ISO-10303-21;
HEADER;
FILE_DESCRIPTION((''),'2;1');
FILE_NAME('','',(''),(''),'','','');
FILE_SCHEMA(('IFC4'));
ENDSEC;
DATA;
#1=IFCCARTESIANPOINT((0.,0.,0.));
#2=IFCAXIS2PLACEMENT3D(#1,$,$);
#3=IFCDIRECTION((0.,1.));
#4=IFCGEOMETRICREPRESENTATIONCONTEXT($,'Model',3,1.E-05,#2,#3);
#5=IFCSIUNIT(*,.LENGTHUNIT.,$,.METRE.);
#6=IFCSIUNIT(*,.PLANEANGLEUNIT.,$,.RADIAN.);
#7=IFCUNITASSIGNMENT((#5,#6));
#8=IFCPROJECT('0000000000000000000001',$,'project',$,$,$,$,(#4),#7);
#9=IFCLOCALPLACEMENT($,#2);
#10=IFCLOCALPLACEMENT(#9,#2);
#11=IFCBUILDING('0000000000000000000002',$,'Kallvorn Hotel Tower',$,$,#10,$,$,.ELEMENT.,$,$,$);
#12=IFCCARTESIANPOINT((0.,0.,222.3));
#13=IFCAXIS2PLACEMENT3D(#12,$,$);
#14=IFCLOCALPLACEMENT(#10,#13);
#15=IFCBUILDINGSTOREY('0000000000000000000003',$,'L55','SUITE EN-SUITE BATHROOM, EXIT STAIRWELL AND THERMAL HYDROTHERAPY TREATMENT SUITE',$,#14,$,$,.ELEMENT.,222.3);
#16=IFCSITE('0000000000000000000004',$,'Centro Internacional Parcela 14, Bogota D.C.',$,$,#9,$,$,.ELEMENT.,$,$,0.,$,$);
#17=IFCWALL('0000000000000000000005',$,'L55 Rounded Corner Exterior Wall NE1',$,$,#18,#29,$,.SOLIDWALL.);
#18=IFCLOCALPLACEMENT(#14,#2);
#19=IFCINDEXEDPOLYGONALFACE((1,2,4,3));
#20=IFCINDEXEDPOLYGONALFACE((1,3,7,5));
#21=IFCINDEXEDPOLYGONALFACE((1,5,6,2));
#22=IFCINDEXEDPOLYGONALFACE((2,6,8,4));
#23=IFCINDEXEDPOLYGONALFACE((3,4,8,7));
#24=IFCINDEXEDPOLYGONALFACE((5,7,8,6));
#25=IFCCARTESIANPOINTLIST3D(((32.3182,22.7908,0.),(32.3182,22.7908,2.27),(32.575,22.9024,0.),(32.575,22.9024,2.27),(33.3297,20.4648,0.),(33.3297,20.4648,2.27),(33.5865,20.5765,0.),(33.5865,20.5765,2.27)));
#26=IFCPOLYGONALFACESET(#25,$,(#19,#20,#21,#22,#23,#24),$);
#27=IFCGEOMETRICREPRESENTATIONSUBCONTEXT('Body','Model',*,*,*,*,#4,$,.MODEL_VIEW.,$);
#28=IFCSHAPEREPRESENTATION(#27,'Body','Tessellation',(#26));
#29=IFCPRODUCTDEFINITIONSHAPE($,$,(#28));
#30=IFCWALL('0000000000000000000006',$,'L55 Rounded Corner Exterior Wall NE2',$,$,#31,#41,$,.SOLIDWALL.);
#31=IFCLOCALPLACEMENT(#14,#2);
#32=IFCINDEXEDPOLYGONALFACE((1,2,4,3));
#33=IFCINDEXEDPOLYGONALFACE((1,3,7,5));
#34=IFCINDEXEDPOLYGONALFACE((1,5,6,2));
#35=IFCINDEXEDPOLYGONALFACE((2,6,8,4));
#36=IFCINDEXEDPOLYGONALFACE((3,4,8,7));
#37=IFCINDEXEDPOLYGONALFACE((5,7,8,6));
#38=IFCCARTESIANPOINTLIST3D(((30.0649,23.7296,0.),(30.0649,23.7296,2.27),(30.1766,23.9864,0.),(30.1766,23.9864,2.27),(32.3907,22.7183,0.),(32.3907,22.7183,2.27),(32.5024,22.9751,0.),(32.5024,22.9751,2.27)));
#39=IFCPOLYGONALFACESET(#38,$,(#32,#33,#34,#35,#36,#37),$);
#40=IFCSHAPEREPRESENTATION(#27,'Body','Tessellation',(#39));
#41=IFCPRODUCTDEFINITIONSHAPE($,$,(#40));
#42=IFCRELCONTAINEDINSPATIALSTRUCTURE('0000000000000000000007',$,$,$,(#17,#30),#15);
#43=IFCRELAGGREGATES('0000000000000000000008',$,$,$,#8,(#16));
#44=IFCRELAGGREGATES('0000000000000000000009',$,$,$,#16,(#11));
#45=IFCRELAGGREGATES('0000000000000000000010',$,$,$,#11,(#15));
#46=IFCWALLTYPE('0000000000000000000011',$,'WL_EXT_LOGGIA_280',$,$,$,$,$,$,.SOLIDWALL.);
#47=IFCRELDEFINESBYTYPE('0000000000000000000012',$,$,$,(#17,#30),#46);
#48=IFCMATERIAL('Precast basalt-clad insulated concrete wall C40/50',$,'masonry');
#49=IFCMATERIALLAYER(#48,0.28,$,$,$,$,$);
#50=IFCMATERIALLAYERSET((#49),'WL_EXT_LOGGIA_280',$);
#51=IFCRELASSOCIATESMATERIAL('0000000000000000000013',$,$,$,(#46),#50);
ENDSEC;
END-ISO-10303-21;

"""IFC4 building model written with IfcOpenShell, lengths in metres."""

from ifc_helpers import new_model, si_unit, direction, frame, frame_2d, origin, place, context, subcontext, project, spatial, rectangle, extrude, material, layer, layer_set, type_object, element, save


model = new_model("IFC4")

# Units and contexts
model_context = context("Model", 3, precision=1e-05, world=origin(), true_north=direction((0.0, 1.0)))
body_context = subcontext(model_context, "Body", "Model", "MODEL_VIEW")
ifc_project = project(units=[si_unit("LENGTHUNIT", "METRE"), si_unit("PLANEANGLEUNIT", "RADIAN")], contexts=[model_context])

# Site, building, storey
site_placement = place(None, origin())
site = spatial("IfcSite", under=ifc_project, at=site_placement, Name="Centro Internacional Parcela 14, Bogota D.C.", CompositionType="ELEMENT", RefElevation=0.0)
building_placement = place(site_placement, origin())
building = spatial("IfcBuilding", under=site, at=building_placement, Name="Kallvorn Hotel Tower", CompositionType="ELEMENT")
storey_placement = place(building_placement, frame((0.0, 0.0, 222.3)))
storey = spatial("IfcBuildingStorey", under=building, at=storey_placement, Name="L55", Description="SUITE EN-SUITE BATHROOM, EXIT STAIRWELL AND THERMAL HYDROTHERAPY TREATMENT SUITE", CompositionType="ELEMENT", Elevation=222.3)

# Walls
ifc_material_1 = material(Name="Precast basalt-clad insulated concrete wall C40/50", Category="masonry")
ifc_layer_1 = layer(ifc_material_1, 0.28)
ifc_layer_set_1 = layer_set([ifc_layer_1], Name="WL_EXT_LOGGIA_280")
wall_type = type_object("IfcWallType", Name="WL_EXT_LOGGIA_280", PredefinedType="SOLIDWALL", material=ifc_layer_set_1)
wall_1_placement = place(storey_placement, frame((33.458, 20.5208, 0.0), z_axis=(0.0, 0.0, 1.0), x_axis=(-0.398793, 0.917041, 0.0)))
element("IfcWall", 1, at=wall_1_placement, inside=storey, type_object=wall_type, Name="L55 Rounded Corner Exterior Wall NE1", PredefinedType="SOLIDWALL", context=body_context, shape_type="SweptSolid", body=[
    extrude(rectangle(XDim=2.5364, YDim=0.28, at=frame_2d((1.2681, 0.0))), origin(), (0.0, 0.0, 1.0), 2.27),
])
wall_2_placement = place(storey_placement, frame((32.4465, 22.8467, 0.0), z_axis=(0.0, 0.0, 1.0), x_axis=(-0.917061, 0.398747, 0.0)))
element("IfcWall", 2, at=wall_2_placement, inside=storey, type_object=wall_type, Name="L55 Rounded Corner Exterior Wall NE2", PredefinedType="SOLIDWALL", context=body_context, shape_type="SweptSolid", body=[
    extrude(rectangle(XDim=2.5361, YDim=0.28, at=frame_2d((1.2681, 0.0))), origin(), (0.0, 0.0, 1.0), 2.27),
])

save(model, "model.ifc")
